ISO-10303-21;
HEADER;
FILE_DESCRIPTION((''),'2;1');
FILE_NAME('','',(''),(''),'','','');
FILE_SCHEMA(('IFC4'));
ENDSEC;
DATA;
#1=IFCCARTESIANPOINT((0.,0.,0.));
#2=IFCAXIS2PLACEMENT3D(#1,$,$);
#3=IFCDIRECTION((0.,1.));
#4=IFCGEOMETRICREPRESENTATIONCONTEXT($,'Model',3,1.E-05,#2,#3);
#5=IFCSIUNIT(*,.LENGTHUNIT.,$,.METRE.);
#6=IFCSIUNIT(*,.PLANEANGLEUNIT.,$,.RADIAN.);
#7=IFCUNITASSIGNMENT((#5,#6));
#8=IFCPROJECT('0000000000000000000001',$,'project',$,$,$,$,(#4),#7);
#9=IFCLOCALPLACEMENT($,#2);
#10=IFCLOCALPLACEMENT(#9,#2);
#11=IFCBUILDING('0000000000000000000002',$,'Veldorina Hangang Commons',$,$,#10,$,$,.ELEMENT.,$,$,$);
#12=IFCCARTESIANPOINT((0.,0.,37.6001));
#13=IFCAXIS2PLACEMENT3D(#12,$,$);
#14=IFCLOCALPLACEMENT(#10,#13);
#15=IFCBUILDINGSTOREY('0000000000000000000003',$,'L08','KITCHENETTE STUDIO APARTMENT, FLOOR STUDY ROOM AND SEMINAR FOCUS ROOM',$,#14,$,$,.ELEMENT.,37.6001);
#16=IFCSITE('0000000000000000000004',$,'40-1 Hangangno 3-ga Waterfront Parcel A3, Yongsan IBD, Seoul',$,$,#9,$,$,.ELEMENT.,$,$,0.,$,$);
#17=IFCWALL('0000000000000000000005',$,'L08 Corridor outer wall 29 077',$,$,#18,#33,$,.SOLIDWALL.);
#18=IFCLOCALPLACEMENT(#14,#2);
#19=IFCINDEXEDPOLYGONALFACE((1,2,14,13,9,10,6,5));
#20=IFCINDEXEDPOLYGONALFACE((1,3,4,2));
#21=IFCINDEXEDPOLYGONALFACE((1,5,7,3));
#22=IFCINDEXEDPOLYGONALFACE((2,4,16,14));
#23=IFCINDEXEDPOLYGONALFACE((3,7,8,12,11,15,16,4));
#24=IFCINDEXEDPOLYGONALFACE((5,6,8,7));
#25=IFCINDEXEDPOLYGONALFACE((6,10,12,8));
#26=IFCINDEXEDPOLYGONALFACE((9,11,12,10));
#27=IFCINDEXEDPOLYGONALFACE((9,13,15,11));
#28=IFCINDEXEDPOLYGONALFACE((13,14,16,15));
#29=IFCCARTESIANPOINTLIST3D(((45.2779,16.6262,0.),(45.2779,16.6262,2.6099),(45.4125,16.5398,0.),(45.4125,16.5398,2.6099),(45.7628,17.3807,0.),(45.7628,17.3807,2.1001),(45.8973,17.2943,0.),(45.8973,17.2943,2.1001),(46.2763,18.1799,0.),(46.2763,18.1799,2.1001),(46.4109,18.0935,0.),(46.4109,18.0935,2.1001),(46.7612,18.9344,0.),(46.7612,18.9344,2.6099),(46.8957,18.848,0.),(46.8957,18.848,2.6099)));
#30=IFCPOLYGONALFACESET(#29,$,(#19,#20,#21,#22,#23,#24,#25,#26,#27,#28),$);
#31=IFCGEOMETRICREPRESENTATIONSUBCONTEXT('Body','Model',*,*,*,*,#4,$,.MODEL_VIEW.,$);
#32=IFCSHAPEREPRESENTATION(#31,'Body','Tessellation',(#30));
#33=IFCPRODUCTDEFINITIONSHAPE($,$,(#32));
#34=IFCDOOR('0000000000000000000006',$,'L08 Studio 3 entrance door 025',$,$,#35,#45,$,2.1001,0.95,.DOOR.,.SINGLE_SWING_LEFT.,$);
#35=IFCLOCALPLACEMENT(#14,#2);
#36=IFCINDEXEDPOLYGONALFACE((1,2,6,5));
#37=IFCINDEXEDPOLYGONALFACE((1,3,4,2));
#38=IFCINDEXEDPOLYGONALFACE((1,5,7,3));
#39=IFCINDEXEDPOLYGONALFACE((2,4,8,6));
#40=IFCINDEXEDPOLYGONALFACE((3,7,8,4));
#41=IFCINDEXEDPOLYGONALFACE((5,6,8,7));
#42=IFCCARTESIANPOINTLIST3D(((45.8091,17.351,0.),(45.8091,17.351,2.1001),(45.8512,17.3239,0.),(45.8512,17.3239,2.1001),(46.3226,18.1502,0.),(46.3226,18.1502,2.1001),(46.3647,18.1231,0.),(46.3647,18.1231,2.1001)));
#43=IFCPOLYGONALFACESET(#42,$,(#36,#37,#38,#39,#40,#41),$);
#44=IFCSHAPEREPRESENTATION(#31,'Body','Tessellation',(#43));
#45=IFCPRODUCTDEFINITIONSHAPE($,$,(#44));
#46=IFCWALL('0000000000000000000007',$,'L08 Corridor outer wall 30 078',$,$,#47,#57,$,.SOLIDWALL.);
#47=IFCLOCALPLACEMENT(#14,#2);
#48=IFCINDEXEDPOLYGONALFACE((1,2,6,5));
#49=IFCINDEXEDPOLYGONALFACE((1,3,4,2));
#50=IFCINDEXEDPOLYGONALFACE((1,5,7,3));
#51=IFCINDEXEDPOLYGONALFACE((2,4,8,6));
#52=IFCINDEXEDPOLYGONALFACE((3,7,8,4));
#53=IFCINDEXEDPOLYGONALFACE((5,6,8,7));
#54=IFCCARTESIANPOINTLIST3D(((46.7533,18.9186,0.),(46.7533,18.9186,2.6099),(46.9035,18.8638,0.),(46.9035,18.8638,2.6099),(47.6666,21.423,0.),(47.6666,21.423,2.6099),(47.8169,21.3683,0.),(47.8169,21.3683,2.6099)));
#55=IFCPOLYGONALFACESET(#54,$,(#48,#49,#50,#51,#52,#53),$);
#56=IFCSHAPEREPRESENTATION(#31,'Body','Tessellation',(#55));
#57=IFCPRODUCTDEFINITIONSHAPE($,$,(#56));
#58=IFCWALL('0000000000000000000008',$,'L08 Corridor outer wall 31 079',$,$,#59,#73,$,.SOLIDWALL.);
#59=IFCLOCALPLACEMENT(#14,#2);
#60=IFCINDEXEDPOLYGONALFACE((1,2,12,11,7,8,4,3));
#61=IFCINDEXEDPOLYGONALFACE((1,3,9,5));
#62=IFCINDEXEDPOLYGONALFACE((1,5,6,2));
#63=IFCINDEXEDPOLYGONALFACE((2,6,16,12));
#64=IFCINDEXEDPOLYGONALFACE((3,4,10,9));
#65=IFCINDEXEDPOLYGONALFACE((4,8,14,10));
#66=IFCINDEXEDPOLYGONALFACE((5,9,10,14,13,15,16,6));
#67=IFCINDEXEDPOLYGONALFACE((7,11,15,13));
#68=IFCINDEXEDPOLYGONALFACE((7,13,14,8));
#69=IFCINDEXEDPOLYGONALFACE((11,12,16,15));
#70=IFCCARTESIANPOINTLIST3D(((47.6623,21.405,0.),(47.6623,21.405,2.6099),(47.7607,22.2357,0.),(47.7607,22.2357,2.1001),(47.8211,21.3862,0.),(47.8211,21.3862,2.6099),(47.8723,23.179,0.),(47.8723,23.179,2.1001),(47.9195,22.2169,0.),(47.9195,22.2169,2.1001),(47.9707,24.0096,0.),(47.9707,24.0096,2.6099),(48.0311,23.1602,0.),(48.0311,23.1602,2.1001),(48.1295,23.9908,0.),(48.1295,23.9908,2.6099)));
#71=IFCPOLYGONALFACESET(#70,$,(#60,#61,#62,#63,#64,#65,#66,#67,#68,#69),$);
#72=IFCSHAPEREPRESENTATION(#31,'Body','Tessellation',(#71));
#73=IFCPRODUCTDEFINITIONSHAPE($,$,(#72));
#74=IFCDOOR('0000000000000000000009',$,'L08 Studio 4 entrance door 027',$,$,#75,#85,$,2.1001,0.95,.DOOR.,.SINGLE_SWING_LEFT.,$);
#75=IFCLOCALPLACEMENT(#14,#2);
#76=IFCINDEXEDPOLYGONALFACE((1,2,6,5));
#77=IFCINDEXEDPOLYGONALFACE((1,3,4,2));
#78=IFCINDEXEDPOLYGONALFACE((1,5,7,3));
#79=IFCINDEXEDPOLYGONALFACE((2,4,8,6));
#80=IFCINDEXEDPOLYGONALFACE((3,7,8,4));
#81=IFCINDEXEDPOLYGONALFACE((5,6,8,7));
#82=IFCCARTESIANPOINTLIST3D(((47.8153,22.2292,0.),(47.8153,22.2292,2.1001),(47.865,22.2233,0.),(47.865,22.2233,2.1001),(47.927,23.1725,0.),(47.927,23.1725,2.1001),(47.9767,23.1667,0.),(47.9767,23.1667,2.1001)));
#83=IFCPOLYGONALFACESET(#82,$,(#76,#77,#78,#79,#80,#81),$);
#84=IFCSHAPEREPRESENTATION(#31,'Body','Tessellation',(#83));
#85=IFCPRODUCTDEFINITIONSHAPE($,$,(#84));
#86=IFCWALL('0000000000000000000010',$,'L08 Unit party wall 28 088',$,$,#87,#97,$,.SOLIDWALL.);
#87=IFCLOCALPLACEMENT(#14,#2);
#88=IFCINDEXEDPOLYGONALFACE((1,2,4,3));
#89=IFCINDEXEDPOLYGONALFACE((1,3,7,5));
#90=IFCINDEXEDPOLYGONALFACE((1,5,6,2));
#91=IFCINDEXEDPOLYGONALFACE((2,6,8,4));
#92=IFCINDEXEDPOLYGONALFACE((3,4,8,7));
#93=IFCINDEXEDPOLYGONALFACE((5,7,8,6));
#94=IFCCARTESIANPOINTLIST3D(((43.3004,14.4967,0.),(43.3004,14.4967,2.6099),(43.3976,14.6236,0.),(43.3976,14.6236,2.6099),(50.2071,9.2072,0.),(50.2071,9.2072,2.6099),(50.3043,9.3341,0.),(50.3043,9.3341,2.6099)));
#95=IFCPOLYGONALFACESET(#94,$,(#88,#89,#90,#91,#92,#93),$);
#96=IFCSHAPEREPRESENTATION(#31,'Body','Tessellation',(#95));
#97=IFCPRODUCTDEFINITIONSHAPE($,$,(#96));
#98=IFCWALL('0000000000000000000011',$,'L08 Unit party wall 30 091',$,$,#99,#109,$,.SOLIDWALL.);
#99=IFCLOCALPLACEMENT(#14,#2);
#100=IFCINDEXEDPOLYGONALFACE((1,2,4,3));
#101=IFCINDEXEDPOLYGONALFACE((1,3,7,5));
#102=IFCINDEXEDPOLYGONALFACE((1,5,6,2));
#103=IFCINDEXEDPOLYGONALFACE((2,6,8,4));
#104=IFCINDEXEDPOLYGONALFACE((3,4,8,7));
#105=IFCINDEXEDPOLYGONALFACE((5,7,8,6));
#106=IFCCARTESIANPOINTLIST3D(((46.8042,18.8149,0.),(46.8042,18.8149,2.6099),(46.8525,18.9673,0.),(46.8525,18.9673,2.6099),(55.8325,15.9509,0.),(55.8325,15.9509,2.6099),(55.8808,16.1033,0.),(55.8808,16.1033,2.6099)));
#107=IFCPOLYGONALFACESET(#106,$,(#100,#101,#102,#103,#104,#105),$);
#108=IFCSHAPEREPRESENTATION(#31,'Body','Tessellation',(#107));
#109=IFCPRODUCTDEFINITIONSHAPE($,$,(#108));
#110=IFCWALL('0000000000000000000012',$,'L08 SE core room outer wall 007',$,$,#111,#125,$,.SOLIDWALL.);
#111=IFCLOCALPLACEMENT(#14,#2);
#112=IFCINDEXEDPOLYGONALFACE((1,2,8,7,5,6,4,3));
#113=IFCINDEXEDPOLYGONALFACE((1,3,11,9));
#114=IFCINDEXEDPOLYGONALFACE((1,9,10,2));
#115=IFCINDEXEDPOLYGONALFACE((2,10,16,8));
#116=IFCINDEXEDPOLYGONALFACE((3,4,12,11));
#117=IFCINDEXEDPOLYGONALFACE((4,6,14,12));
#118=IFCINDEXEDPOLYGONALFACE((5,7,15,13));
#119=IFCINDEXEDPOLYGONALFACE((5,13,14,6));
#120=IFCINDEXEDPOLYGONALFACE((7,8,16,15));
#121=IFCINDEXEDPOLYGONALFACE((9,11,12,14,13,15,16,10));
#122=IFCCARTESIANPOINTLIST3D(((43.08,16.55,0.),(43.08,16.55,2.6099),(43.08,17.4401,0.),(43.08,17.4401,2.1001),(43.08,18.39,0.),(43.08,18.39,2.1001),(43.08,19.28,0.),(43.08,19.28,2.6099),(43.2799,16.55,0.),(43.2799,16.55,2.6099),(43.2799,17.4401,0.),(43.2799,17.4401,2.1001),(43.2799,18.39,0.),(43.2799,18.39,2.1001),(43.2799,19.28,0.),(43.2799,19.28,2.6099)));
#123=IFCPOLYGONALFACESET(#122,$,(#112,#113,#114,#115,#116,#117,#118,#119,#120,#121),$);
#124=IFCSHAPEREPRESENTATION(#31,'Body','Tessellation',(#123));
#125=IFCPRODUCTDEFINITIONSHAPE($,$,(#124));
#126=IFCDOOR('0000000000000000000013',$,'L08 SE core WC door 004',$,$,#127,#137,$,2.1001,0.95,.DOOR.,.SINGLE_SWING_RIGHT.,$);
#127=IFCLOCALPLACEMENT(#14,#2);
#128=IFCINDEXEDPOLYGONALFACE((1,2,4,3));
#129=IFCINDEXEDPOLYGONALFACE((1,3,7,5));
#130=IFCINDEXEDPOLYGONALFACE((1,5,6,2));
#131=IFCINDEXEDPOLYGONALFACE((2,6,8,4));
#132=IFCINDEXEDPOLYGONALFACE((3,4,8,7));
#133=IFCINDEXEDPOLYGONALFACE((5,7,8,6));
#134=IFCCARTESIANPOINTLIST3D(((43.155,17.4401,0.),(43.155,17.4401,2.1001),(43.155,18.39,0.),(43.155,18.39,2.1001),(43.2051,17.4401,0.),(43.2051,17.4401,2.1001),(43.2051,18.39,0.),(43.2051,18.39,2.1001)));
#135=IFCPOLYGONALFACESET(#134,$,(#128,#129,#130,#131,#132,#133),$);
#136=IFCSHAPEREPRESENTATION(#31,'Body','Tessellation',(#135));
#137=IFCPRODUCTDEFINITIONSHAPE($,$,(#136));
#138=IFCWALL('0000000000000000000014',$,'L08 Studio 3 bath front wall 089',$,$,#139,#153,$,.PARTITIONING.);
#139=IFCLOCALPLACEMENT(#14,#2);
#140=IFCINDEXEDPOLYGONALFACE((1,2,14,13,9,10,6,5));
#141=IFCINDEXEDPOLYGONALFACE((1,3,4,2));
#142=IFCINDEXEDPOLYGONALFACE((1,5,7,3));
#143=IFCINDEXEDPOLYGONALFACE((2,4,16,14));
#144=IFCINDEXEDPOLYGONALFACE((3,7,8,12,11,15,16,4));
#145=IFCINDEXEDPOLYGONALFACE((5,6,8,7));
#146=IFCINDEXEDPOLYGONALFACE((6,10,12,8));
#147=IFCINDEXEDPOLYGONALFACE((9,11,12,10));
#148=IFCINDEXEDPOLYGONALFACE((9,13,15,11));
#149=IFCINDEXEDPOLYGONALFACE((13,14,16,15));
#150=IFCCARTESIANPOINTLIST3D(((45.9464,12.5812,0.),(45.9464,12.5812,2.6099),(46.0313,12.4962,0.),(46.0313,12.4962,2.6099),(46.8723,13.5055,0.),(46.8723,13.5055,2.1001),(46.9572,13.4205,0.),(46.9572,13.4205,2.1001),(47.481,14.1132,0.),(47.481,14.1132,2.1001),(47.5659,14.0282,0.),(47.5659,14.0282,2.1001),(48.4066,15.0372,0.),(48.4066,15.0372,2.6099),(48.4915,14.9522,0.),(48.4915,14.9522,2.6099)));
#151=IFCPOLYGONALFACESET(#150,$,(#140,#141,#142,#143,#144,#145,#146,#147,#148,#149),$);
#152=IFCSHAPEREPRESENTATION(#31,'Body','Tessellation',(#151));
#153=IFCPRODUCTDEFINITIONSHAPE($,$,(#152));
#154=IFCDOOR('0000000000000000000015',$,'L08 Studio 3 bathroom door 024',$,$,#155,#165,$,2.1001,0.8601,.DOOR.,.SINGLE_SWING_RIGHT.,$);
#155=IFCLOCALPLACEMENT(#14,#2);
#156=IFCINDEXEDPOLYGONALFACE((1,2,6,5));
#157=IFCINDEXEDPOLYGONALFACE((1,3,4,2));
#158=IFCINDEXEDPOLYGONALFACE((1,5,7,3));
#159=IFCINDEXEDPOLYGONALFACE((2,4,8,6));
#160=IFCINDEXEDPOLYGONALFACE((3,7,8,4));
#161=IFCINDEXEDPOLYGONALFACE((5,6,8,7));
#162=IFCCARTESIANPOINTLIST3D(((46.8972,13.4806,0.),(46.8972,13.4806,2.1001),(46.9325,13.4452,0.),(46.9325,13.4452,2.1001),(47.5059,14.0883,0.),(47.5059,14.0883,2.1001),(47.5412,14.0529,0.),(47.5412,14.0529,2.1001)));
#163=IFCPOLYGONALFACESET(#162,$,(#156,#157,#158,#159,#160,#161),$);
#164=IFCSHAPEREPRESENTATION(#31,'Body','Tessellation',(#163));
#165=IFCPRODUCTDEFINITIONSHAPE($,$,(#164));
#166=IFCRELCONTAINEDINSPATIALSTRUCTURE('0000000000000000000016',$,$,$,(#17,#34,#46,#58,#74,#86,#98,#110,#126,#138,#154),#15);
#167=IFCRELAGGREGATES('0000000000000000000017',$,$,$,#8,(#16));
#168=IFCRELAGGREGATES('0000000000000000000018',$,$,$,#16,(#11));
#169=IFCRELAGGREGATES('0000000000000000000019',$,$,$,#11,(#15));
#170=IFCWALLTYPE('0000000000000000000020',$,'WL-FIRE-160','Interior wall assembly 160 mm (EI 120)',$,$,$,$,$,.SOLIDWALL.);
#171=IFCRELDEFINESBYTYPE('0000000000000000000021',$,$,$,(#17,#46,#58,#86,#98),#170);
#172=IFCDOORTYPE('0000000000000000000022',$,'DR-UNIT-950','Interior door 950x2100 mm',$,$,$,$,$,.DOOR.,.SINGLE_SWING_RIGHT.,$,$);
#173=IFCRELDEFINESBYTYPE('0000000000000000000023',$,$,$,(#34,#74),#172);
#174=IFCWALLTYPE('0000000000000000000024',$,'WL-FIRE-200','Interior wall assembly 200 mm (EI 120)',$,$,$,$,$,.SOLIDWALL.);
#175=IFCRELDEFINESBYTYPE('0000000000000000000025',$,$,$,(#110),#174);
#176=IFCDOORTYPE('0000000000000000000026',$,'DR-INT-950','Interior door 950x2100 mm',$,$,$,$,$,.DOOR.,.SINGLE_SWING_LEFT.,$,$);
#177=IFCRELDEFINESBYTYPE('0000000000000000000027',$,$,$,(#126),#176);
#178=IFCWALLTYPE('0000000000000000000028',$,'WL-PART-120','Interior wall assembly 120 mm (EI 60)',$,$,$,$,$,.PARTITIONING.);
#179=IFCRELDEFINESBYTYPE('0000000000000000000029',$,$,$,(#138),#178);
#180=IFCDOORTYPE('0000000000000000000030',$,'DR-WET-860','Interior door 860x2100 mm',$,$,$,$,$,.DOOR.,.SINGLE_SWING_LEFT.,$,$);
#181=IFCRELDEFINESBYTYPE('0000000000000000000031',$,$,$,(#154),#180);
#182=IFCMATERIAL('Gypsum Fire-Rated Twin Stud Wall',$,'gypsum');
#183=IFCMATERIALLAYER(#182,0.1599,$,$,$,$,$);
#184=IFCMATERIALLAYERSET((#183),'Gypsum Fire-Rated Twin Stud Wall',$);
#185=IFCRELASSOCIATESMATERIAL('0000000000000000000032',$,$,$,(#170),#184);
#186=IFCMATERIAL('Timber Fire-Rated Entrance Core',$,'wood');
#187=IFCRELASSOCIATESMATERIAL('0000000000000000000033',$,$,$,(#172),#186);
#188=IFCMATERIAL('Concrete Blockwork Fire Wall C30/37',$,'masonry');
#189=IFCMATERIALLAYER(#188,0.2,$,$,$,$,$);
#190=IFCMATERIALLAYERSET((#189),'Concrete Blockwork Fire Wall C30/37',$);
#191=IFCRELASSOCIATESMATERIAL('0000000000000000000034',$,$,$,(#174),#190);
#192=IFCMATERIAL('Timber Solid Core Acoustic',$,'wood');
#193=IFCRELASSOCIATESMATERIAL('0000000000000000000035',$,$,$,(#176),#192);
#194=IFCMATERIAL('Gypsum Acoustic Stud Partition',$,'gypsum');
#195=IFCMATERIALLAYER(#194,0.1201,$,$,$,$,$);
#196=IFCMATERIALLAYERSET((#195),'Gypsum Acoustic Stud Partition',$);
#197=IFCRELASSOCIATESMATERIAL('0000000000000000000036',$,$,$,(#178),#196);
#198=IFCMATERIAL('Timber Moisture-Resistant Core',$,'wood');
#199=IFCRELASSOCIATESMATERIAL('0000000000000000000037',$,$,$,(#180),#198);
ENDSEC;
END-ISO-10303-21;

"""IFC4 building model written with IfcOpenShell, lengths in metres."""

from ifc_helpers import new_model, si_unit, direction, frame, frame_2d, origin, place, context, subcontext, project, spatial, rectangle, extrude, material, layer, layer_set, type_object, element, fill, save


model = new_model("IFC4")

# Units and contexts
model_context = context("Model", 3, precision=1e-05, world=origin(), true_north=direction((0.0, 1.0)))
body_context = subcontext(model_context, "Body", "Model", "MODEL_VIEW")
ifc_project = project(units=[si_unit("LENGTHUNIT", "METRE"), si_unit("PLANEANGLEUNIT", "RADIAN")], contexts=[model_context])

# Site, building, storey
site_placement = place(None, origin())
site = spatial("IfcSite", under=ifc_project, at=site_placement, Name="40-1 Hangangno 3-ga Waterfront Parcel A3, Yongsan IBD, Seoul", CompositionType="ELEMENT", RefElevation=0.0)
building_placement = place(site_placement, origin())
building = spatial("IfcBuilding", under=site, at=building_placement, Name="Veldorina Hangang Commons", CompositionType="ELEMENT")
storey_placement = place(building_placement, frame((0.0, 0.0, 37.6001)))
storey = spatial("IfcBuildingStorey", under=building, at=storey_placement, Name="L08", Description="KITCHENETTE STUDIO APARTMENT, FLOOR STUDY ROOM AND SEMINAR FOCUS ROOM", CompositionType="ELEMENT", Elevation=37.6001)

# Shared definitions
ifc_material_1 = material(Name="Gypsum Fire-Rated Twin Stud Wall", Category="gypsum")
ifc_layer_1 = layer(ifc_material_1, 0.1599)
ifc_layer_set_1 = layer_set([ifc_layer_1], Name="Gypsum Fire-Rated Twin Stud Wall")
wall_type_1 = type_object("IfcWallType", Name="WL-FIRE-160", Description="Interior wall assembly 160 mm (EI 120)", PredefinedType="SOLIDWALL", material=ifc_layer_set_1)

# Wall, opening, door
wall_1_placement = place(storey_placement, frame((45.3452, 16.583, 0.0), z_axis=(0.0, 0.0, 1.0), x_axis=(0.540596, 0.841283, 0.0)))
wall_1 = element("IfcWall", 1, at=wall_1_placement, inside=storey, type_object=wall_type_1, Name="L08 Corridor outer wall 29 077", PredefinedType="SOLIDWALL", context=body_context, shape_type="SweptSolid", body=[
    extrude(rectangle(XDim=2.7437, YDim=0.1599, at=frame_2d((1.3718, 0.0))), origin(), (0.0, 0.0, 1.0), 2.6099),
])
opening_1_placement = place(wall_1_placement, frame((0.8967, 0.0, 0.0)))
opening_1 = element("IfcOpeningElement", 2, at=opening_1_placement, cuts=wall_1, PredefinedType="OPENING", context=body_context, shape_type="SweptSolid", body=[
    extrude(rectangle(XDim=0.95, YDim=2.1001, at=frame_2d((0.4751, 1.05))), frame((0.0, 0.0898, 0.0), z_axis=(0.0, -1.0, 0.0), x_axis=(1.0, 0.0, 0.0)), (0.0, 0.0, 1.0), 0.1799),
])
ifc_material_2 = material(Name="Timber Fire-Rated Entrance Core", Category="wood")
door_type_1 = type_object("IfcDoorType", Name="DR-UNIT-950", Description="Interior door 950x2100 mm", OperationType="SINGLE_SWING_RIGHT", PredefinedType="DOOR", material=ifc_material_2)
door_1_placement = place(opening_1_placement, origin())
door_1 = element("IfcDoor", 3, at=door_1_placement, inside=storey, type_object=door_type_1, Name="L08 Studio 3 entrance door 025", OperationType="SINGLE_SWING_LEFT", OverallHeight=2.1001, OverallWidth=0.95, PredefinedType="DOOR", context=body_context, shape_type="SweptSolid", body=[
    extrude(rectangle(XDim=0.95, YDim=2.1001, at=frame_2d((0.4751, 1.05))), frame((0.0, 0.0249, 0.0), z_axis=(0.0, -1.0, 0.0), x_axis=(1.0, 0.0, 0.0)), (0.0, 0.0, 1.0), 0.05),
])
fill(opening_1, door_1)

# Wall
wall_2_placement = place(storey_placement, frame((46.8284, 18.8911, 0.0), z_axis=(0.0, 0.0, 1.0), x_axis=(0.342618, 0.939475, 0.0)))
element("IfcWall", 4, at=wall_2_placement, inside=storey, type_object=wall_type_1, Name="L08 Corridor outer wall 30 078", PredefinedType="SOLIDWALL", context=body_context, shape_type="SweptSolid", body=[
    extrude(rectangle(XDim=2.6658, YDim=0.1599, at=frame_2d((1.333, 0.0))), origin(), (0.0, 0.0, 1.0), 2.6099),
])

# Wall, opening, door
wall_3_placement = place(storey_placement, frame((47.7417, 21.3955, 0.0), z_axis=(0.0, 0.0, 1.0), x_axis=(0.11757, 0.993065, 0.0)))
wall_3 = element("IfcWall", 5, at=wall_3_placement, inside=storey, type_object=wall_type_1, Name="L08 Corridor outer wall 31 079", PredefinedType="SOLIDWALL", context=body_context, shape_type="SweptSolid", body=[
    extrude(rectangle(XDim=2.6228, YDim=0.1599, at=frame_2d((1.3115, 0.0))), origin(), (0.0, 0.0, 1.0), 2.6099),
])
opening_2_placement = place(wall_3_placement, frame((0.8364, 0.0, 0.0)))
opening_2 = element("IfcOpeningElement", 6, at=opening_2_placement, cuts=wall_3, PredefinedType="OPENING", context=body_context, shape_type="SweptSolid", body=[
    extrude(rectangle(XDim=0.95, YDim=2.1001, at=frame_2d((0.4751, 1.05))), frame((0.0, 0.0898, 0.0), z_axis=(0.0, -1.0, 0.0), x_axis=(1.0, 0.0, 0.0)), (0.0, 0.0, 1.0), 0.1799),
])
door_2_placement = place(opening_2_placement, origin())
door_2 = element("IfcDoor", 7, at=door_2_placement, inside=storey, type_object=door_type_1, Name="L08 Studio 4 entrance door 027", OperationType="SINGLE_SWING_LEFT", OverallHeight=2.1001, OverallWidth=0.95, PredefinedType="DOOR", context=body_context, shape_type="SweptSolid", body=[
    extrude(rectangle(XDim=0.95, YDim=2.1001, at=frame_2d((0.4751, 1.05))), frame((0.0, 0.0249, 0.0), z_axis=(0.0, -1.0, 0.0), x_axis=(1.0, 0.0, 0.0)), (0.0, 0.0, 1.0), 0.05),
])
fill(opening_2, door_2)

# Walls
wall_4_placement = place(storey_placement, frame((43.3491, 14.5601, 0.0), z_axis=(0.0, 0.0, 1.0), x_axis=(0.793918, -0.608025, 0.0)))
element("IfcWall", 8, at=wall_4_placement, inside=storey, type_object=wall_type_1, Name="L08 Unit party wall 28 088", PredefinedType="SOLIDWALL", context=body_context, shape_type="SweptSolid", body=[
    extrude(rectangle(XDim=8.6995, YDim=0.1599, at=frame_2d((4.3496, 0.0))), origin(), (0.0, 0.0, 1.0), 2.6099),
])
wall_5_placement = place(storey_placement, frame((46.8284, 18.8911, 0.0), z_axis=(0.0, 0.0, 1.0), x_axis=(0.953189, -0.302376, 0.0)))
element("IfcWall", 9, at=wall_5_placement, inside=storey, type_object=wall_type_1, Name="L08 Unit party wall 30 091", PredefinedType="SOLIDWALL", context=body_context, shape_type="SweptSolid", body=[
    extrude(rectangle(XDim=9.4717, YDim=0.1599, at=frame_2d((4.7358, 0.0))), origin(), (0.0, 0.0, 1.0), 2.6099),
])

# Walls, openings, doors
ifc_material_3 = material(Name="Concrete Blockwork Fire Wall C30/37", Category="masonry")
ifc_layer_2 = layer(ifc_material_3, 0.2)
ifc_layer_set_2 = layer_set([ifc_layer_2], Name="Concrete Blockwork Fire Wall C30/37")
wall_type_2 = type_object("IfcWallType", Name="WL-FIRE-200", Description="Interior wall assembly 200 mm (EI 120)", PredefinedType="SOLIDWALL", material=ifc_layer_set_2)
wall_6_placement = place(storey_placement, frame((43.1799, 16.55, 0.0), z_axis=(0.0, 0.0, 1.0), x_axis=(0.0, 1.0, 0.0)))
wall_6 = element("IfcWall", 10, at=wall_6_placement, inside=storey, type_object=wall_type_2, Name="L08 SE core room outer wall 007", PredefinedType="SOLIDWALL", context=body_context, shape_type="SweptSolid", body=[
    extrude(rectangle(XDim=2.73, YDim=0.2, at=frame_2d((1.365, 0.0))), origin(), (0.0, 0.0, 1.0), 2.6099),
])
opening_3_placement = place(wall_6_placement, frame((0.8899, 0.0, 0.0)))
opening_3 = element("IfcOpeningElement", 11, at=opening_3_placement, cuts=wall_6, PredefinedType="OPENING", context=body_context, shape_type="SweptSolid", body=[
    extrude(rectangle(XDim=0.95, YDim=2.1001, at=frame_2d((0.4751, 1.05))), frame((0.0, 0.1099, 0.0), z_axis=(0.0, -1.0, 0.0), x_axis=(1.0, 0.0, 0.0)), (0.0, 0.0, 1.0), 0.22),
])
ifc_material_4 = material(Name="Timber Solid Core Acoustic", Category="wood")
door_type_2 = type_object("IfcDoorType", Name="DR-INT-950", Description="Interior door 950x2100 mm", OperationType="SINGLE_SWING_LEFT", PredefinedType="DOOR", material=ifc_material_4)
door_3_placement = place(opening_3_placement, origin())
door_3 = element("IfcDoor", 12, at=door_3_placement, inside=storey, type_object=door_type_2, Name="L08 SE core WC door 004", OperationType="SINGLE_SWING_RIGHT", OverallHeight=2.1001, OverallWidth=0.95, PredefinedType="DOOR", context=body_context, shape_type="SweptSolid", body=[
    extrude(rectangle(XDim=0.95, YDim=2.1001, at=frame_2d((0.4751, 1.05))), frame((0.0, 0.0249, 0.0), z_axis=(0.0, -1.0, 0.0), x_axis=(1.0, 0.0, 0.0)), (0.0, 0.0, 1.0), 0.05),
])
fill(opening_3, door_3)
ifc_material_5 = material(Name="Gypsum Acoustic Stud Partition", Category="gypsum")
ifc_layer_3 = layer(ifc_material_5, 0.1201)
ifc_layer_set_3 = layer_set([ifc_layer_3], Name="Gypsum Acoustic Stud Partition")
wall_type_3 = type_object("IfcWallType", Name="WL-PART-120", Description="Interior wall assembly 120 mm (EI 60)", PredefinedType="PARTITIONING", material=ifc_layer_set_3)
wall_7_placement = place(storey_placement, frame((45.9888, 12.5386, 0.0), z_axis=(0.0, 0.0, 1.0), x_axis=(0.707703, 0.70651, 0.0)))
wall_7 = element("IfcWall", 13, at=wall_7_placement, inside=storey, type_object=wall_type_3, Name="L08 Studio 3 bath front wall 089", PredefinedType="PARTITIONING", context=body_context, shape_type="SweptSolid", body=[
    extrude(rectangle(XDim=3.4763, YDim=0.1201, at=frame_2d((1.7383, 0.0))), origin(), (0.0, 0.0, 1.0), 2.6099),
])
opening_4_placement = place(wall_7_placement, frame((1.3083, 0.0, 0.0)))
opening_4 = element("IfcOpeningElement", 14, at=opening_4_placement, cuts=wall_7, PredefinedType="OPENING", context=body_context, shape_type="SweptSolid", body=[
    extrude(rectangle(XDim=0.8601, YDim=2.1001, at=frame_2d((0.4302, 1.05))), frame((0.0, 0.0701, 0.0), z_axis=(0.0, -1.0, 0.0), x_axis=(1.0, 0.0, 0.0)), (0.0, 0.0, 1.0), 0.1401),
])
ifc_material_6 = material(Name="Timber Moisture-Resistant Core", Category="wood")
door_type_3 = type_object("IfcDoorType", Name="DR-WET-860", Description="Interior door 860x2100 mm", OperationType="SINGLE_SWING_LEFT", PredefinedType="DOOR", material=ifc_material_6)
door_4_placement = place(opening_4_placement, origin())
door_4 = element("IfcDoor", 15, at=door_4_placement, inside=storey, type_object=door_type_3, Name="L08 Studio 3 bathroom door 024", OperationType="SINGLE_SWING_RIGHT", OverallHeight=2.1001, OverallWidth=0.8601, PredefinedType="DOOR", context=body_context, shape_type="SweptSolid", body=[
    extrude(rectangle(XDim=0.8601, YDim=2.1001, at=frame_2d((0.4302, 1.05))), frame((0.0, 0.0249, 0.0), z_axis=(0.0, -1.0, 0.0), x_axis=(1.0, 0.0, 0.0)), (0.0, 0.0, 1.0), 0.05),
])
fill(opening_4, door_4)

save(model, "model.ifc")
